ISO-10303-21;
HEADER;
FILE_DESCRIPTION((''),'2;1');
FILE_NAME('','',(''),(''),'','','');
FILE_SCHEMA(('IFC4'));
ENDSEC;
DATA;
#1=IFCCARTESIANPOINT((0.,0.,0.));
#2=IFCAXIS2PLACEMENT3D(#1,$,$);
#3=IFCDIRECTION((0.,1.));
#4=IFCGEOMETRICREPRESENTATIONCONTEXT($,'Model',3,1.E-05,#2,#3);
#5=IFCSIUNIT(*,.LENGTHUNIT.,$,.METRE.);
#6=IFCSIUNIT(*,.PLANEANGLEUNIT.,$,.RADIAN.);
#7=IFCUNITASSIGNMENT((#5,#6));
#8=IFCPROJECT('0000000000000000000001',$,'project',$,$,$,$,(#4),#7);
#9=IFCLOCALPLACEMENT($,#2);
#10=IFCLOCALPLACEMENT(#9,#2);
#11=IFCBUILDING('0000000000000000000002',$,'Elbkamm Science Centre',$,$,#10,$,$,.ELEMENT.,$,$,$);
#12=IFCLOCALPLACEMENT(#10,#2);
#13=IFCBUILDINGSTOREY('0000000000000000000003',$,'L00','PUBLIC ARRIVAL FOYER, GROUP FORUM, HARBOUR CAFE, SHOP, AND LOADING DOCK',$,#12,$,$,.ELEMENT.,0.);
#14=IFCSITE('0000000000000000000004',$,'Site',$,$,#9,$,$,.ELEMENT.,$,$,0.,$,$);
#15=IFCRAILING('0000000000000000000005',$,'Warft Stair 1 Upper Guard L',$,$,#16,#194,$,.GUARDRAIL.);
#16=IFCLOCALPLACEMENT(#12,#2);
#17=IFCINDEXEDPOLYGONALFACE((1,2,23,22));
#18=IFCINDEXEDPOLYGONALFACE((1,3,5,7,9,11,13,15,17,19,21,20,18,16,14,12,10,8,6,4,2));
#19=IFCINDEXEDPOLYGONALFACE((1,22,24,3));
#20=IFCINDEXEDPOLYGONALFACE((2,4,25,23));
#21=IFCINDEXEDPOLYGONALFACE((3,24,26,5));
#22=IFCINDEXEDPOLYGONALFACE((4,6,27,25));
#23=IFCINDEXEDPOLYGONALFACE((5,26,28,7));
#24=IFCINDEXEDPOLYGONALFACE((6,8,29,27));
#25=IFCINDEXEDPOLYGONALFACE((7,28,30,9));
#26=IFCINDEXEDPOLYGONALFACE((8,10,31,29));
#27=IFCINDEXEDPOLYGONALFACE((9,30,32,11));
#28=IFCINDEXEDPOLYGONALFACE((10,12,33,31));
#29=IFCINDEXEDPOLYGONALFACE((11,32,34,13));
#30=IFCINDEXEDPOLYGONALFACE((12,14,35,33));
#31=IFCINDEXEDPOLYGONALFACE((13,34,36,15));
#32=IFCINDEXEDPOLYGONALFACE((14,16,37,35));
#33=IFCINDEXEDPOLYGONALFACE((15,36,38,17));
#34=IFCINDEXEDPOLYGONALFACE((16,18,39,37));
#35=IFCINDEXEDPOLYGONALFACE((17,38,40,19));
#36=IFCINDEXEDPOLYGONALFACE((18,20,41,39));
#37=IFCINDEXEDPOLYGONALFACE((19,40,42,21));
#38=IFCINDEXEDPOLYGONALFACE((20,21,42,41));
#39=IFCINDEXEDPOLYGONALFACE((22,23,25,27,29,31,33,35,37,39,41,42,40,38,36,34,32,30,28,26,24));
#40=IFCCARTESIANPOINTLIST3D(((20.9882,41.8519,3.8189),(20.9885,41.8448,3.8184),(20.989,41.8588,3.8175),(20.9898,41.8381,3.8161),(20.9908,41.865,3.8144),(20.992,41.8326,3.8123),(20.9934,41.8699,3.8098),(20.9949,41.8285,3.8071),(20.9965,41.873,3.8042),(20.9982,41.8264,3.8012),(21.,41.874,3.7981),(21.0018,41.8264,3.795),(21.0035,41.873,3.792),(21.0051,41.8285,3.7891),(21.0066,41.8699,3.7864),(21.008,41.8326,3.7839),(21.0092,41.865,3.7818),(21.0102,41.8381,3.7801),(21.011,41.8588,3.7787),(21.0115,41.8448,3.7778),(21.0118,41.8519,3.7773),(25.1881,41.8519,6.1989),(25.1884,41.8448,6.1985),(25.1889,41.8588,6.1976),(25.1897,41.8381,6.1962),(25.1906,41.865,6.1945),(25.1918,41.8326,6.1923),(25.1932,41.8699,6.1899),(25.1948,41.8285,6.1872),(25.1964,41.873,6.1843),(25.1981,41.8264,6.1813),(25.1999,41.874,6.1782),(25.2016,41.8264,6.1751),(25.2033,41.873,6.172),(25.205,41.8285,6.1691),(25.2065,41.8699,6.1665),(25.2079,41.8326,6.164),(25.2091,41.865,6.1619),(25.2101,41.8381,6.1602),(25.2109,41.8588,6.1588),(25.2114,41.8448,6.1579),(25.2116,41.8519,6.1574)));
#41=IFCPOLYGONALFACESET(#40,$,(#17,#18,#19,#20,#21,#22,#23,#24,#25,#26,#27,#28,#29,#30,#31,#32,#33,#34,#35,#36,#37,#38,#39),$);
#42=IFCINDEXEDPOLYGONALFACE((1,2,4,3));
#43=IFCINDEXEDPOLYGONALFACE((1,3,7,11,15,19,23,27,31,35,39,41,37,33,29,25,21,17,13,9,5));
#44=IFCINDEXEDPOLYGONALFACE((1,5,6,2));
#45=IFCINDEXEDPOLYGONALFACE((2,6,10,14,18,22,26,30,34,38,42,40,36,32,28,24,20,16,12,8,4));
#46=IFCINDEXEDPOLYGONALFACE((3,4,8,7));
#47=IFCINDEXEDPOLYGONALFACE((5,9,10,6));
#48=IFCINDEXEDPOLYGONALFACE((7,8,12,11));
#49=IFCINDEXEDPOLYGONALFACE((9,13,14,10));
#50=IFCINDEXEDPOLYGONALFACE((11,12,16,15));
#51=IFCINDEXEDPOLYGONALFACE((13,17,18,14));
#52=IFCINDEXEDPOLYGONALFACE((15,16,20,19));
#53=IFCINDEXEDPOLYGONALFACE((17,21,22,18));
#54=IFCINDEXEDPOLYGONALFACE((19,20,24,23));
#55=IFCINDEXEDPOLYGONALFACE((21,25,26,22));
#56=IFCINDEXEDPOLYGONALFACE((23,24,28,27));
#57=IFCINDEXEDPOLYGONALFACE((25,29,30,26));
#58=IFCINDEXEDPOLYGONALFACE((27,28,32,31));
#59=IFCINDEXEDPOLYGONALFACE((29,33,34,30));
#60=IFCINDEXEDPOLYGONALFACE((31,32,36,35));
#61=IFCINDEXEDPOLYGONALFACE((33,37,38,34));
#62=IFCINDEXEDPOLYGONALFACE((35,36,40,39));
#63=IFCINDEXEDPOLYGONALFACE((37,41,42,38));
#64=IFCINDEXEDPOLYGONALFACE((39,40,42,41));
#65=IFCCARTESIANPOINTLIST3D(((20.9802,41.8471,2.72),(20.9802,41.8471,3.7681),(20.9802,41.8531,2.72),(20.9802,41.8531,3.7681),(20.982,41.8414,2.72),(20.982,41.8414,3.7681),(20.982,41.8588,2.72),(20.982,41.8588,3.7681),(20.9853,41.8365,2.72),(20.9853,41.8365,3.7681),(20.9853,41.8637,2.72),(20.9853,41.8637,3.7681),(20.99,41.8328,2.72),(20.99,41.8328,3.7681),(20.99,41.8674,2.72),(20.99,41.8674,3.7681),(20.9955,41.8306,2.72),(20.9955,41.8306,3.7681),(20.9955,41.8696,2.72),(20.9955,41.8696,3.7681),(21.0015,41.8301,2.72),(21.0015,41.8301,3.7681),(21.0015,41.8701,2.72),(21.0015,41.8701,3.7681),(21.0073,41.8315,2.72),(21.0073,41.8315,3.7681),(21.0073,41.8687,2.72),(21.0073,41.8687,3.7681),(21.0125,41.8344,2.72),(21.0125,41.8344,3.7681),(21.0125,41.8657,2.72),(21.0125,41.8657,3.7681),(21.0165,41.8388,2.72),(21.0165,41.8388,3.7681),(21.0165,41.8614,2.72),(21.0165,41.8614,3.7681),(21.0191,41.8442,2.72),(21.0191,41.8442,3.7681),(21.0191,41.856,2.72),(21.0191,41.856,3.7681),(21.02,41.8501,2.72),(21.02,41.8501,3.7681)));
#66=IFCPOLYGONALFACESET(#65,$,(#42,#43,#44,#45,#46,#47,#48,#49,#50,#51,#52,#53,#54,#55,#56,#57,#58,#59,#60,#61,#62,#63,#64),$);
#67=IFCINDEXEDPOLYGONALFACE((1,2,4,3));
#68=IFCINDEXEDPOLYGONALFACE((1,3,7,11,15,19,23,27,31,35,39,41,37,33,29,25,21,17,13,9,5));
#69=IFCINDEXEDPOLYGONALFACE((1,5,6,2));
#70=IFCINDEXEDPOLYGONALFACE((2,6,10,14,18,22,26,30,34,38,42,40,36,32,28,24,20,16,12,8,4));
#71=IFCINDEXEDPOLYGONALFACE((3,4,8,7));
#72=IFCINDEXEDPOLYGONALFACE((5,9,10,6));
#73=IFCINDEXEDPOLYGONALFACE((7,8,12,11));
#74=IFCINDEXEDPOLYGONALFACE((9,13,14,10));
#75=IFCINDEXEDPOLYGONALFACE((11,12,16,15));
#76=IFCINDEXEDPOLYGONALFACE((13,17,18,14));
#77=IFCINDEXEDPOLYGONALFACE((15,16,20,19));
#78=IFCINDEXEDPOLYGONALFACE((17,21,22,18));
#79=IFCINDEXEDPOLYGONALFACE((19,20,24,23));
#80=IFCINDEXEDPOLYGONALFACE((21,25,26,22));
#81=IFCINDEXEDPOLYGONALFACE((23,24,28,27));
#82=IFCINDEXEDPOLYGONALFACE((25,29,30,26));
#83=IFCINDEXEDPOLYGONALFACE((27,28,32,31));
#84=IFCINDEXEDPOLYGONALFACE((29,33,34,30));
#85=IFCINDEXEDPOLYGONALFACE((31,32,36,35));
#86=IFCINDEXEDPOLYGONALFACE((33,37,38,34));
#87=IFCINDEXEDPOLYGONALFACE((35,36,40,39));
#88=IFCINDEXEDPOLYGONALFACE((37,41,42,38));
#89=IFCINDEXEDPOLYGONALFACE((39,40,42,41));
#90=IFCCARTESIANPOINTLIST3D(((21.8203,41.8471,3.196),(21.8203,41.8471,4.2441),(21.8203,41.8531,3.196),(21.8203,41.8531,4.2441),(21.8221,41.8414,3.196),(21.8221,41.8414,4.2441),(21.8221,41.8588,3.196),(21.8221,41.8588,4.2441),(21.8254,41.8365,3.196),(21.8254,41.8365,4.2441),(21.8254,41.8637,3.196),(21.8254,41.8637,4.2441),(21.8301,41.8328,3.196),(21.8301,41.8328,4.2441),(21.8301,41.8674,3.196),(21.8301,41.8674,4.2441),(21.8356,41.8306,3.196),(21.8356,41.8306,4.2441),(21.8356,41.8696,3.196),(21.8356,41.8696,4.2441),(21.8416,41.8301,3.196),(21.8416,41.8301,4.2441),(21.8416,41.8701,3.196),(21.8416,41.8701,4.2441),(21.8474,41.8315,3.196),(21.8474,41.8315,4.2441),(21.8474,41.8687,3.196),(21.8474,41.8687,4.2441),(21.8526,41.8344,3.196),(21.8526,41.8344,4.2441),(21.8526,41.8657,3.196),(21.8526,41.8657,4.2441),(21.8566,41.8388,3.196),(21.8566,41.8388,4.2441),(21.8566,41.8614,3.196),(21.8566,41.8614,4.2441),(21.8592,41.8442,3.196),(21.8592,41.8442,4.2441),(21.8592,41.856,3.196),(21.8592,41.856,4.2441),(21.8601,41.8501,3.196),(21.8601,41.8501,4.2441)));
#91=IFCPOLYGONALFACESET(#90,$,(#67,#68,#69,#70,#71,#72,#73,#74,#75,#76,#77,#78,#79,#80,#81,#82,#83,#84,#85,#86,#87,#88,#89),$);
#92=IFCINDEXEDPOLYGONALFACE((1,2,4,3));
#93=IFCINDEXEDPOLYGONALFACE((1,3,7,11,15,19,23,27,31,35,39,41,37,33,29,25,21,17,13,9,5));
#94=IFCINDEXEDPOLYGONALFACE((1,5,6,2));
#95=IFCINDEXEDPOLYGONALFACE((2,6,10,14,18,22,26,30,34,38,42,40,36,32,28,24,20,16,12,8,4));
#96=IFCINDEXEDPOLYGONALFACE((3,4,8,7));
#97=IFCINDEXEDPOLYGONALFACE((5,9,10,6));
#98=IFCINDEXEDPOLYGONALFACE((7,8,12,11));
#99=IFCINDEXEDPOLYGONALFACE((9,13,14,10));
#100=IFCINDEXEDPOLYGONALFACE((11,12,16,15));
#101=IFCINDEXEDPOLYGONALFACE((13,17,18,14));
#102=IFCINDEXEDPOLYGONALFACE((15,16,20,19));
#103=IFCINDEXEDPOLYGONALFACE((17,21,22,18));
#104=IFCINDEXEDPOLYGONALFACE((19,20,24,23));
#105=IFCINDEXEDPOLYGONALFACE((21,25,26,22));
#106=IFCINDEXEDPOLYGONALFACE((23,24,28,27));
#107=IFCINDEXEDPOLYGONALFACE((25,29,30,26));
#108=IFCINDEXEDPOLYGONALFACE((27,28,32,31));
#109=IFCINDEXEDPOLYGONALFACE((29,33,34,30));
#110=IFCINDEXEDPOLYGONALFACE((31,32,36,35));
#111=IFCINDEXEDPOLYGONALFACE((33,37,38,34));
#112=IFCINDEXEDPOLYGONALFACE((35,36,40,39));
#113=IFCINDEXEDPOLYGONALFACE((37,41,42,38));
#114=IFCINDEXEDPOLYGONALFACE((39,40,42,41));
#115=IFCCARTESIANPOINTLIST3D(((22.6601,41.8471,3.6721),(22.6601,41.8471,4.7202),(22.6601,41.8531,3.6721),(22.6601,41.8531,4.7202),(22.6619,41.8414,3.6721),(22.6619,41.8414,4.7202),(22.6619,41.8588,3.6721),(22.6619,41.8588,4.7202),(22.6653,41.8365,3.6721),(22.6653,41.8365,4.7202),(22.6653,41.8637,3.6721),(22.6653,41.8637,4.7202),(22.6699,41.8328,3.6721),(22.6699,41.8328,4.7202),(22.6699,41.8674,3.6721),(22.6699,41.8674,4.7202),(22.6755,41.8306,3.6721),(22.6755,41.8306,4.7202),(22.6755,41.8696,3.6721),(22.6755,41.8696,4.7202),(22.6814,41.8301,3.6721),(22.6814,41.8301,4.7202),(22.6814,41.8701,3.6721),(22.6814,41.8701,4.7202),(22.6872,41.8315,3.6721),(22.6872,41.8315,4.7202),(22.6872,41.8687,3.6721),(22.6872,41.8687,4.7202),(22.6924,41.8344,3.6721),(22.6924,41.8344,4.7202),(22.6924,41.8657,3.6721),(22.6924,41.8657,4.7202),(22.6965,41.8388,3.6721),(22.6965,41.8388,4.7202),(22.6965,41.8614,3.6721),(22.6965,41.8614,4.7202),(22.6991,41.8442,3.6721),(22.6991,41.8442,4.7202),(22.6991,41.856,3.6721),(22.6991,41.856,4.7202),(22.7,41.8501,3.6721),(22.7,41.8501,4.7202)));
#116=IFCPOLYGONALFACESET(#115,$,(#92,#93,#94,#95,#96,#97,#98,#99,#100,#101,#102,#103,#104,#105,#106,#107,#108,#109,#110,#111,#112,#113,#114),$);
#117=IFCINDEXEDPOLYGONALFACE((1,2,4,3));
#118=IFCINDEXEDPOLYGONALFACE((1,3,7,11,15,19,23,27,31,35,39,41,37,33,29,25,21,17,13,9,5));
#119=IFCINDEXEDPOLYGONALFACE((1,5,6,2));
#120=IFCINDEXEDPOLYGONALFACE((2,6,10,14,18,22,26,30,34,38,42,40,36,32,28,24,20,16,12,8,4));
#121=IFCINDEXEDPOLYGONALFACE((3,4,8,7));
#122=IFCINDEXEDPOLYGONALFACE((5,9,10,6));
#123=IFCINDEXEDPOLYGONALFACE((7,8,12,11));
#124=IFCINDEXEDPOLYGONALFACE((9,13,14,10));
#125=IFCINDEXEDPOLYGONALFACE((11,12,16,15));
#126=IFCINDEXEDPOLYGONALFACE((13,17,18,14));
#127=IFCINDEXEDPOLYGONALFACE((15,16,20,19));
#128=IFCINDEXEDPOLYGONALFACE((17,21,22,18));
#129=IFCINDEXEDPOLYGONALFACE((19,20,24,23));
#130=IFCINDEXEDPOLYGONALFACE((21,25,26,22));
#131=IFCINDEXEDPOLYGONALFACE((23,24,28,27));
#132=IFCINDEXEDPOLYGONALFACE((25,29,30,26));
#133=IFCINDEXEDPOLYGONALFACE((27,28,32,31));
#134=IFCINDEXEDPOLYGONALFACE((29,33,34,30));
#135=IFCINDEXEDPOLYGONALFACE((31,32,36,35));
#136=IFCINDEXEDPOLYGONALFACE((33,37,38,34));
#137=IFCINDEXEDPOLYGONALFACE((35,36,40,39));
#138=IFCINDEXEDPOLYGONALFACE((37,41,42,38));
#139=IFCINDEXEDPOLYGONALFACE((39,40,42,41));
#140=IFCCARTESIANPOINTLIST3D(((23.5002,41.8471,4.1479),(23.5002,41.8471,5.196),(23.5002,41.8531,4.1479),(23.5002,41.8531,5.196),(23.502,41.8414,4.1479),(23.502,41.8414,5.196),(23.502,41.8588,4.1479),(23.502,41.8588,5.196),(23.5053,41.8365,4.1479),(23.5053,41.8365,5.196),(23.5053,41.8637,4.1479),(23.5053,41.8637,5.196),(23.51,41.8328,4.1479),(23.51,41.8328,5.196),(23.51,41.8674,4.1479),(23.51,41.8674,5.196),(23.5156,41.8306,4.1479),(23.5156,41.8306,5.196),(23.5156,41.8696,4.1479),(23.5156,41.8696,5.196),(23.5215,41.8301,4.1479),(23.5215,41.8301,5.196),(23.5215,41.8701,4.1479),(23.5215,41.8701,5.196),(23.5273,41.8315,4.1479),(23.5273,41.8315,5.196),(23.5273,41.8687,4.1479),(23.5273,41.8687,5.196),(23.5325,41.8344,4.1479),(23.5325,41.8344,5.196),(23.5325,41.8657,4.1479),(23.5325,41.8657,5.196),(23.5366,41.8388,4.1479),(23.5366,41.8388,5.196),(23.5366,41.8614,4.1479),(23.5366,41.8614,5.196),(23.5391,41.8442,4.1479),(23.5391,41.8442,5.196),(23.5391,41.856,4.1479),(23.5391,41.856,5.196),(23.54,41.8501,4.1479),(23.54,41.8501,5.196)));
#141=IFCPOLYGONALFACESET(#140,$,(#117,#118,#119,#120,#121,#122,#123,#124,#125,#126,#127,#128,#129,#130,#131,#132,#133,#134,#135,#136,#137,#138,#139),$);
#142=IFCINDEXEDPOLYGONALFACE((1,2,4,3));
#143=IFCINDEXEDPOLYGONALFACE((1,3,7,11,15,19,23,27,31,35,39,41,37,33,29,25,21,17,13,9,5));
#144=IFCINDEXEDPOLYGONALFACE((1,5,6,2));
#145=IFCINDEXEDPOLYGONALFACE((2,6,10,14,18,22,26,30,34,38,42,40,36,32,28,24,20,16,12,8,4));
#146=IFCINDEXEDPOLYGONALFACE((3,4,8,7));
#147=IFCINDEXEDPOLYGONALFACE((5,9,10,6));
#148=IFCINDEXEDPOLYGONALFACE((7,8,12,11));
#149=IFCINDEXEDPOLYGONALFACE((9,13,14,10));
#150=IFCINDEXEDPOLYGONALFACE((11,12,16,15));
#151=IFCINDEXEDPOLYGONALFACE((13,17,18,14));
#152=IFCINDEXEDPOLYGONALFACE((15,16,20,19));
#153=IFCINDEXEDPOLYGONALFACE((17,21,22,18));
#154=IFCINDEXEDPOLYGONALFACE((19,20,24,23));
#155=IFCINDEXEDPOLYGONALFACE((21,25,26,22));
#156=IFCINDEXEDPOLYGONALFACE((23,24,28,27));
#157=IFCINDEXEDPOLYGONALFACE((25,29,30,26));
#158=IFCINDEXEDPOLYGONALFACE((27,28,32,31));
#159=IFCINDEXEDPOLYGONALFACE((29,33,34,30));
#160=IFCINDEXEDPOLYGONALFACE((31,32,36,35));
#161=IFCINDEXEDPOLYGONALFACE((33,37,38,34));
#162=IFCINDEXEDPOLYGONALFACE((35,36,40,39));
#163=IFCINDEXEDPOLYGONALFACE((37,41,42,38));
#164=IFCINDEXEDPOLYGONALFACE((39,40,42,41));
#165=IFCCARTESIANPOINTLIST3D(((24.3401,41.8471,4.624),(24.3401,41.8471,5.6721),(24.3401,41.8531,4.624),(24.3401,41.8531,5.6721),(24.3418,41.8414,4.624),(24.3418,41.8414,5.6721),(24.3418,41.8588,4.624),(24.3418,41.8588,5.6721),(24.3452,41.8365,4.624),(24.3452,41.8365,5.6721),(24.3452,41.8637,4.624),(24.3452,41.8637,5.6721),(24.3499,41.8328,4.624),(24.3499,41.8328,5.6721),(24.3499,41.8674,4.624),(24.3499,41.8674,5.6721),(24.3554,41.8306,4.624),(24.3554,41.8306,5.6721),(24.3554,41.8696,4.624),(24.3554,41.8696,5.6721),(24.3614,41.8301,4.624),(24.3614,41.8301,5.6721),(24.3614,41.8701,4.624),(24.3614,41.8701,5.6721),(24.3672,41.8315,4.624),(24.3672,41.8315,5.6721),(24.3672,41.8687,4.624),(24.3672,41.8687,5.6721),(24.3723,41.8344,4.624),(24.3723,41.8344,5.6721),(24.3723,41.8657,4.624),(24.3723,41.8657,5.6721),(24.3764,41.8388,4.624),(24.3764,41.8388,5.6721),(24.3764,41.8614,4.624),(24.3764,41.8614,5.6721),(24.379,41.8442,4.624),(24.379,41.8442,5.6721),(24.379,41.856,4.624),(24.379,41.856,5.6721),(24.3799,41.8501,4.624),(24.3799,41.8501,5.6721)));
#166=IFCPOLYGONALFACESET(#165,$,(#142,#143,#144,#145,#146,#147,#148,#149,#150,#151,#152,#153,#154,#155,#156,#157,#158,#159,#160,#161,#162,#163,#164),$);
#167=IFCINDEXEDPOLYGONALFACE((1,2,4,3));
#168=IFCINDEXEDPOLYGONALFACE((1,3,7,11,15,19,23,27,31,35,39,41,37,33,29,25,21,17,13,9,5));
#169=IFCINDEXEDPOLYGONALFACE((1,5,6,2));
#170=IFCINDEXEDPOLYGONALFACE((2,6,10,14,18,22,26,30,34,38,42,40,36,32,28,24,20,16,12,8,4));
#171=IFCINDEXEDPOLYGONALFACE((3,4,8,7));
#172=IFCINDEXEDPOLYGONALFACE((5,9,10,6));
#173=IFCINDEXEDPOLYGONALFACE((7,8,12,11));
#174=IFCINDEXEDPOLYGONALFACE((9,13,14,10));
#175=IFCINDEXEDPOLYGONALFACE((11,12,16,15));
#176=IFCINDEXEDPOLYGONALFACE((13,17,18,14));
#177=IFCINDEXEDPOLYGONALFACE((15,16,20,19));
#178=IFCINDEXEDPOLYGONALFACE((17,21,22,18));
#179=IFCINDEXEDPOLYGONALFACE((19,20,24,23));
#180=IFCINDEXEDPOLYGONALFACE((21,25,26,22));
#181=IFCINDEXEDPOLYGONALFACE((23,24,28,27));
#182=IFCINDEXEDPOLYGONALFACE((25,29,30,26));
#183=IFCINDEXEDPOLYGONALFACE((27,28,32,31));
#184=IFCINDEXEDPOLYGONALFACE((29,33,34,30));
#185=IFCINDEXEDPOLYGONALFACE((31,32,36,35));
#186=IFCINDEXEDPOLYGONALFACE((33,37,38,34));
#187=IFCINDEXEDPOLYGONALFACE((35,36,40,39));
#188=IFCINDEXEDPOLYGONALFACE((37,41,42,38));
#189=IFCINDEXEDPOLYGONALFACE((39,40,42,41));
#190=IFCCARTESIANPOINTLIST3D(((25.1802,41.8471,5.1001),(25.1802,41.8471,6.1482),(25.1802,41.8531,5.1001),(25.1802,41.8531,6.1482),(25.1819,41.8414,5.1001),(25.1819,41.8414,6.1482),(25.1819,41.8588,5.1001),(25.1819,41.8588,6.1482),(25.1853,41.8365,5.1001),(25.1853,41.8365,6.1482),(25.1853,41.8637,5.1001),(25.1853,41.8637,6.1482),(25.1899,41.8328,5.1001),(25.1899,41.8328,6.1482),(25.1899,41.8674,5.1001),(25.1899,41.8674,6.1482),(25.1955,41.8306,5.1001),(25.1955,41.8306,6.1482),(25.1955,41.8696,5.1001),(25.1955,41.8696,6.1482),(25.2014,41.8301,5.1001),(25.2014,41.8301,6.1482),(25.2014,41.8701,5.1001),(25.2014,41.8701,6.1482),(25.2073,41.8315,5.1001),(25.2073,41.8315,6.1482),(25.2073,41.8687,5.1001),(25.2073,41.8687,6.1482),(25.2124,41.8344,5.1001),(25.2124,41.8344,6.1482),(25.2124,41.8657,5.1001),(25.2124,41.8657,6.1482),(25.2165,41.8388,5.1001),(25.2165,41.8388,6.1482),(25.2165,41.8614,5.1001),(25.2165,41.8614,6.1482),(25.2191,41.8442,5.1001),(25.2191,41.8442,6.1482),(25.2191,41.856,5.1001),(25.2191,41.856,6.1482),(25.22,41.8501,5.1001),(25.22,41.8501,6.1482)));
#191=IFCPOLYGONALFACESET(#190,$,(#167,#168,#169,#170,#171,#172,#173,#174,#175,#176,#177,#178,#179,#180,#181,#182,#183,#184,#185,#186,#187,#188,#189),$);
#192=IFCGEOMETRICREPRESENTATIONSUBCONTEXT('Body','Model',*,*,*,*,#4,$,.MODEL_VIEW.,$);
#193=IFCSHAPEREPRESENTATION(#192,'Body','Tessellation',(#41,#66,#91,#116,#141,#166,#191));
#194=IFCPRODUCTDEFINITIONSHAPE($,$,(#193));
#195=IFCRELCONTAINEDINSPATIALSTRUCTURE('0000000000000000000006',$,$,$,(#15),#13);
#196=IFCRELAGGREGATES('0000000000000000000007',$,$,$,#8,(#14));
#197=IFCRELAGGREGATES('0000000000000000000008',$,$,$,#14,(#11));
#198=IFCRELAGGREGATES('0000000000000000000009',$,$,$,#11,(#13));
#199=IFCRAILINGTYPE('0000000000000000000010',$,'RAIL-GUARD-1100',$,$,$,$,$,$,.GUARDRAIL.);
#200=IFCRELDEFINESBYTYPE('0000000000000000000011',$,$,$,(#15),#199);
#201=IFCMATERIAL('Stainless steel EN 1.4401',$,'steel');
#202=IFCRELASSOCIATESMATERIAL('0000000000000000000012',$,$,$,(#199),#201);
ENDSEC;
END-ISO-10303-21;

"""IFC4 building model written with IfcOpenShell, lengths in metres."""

from ifc_helpers import new_model, si_unit, direction, frame, origin, origin_2d, place, context, subcontext, project, spatial, circle, extrude, material, type_object, element, save


model = new_model("IFC4")

# Units and contexts
model_context = context("Model", 3, precision=1e-05, world=origin(), true_north=direction((0.0, 1.0)))
body_context = subcontext(model_context, "Body", "Model", "MODEL_VIEW")
ifc_project = project(units=[si_unit("LENGTHUNIT", "METRE"), si_unit("PLANEANGLEUNIT", "RADIAN")], contexts=[model_context])

# Site, building, storey
site_placement = place(None, origin())
site = spatial("IfcSite", under=ifc_project, at=site_placement, Name="Site", CompositionType="ELEMENT", RefElevation=0.0)
building_placement = place(site_placement, origin())
building = spatial("IfcBuilding", under=site, at=building_placement, Name="Elbkamm Science Centre", CompositionType="ELEMENT")
storey_placement = place(building_placement, origin())
storey = spatial("IfcBuildingStorey", under=building, at=storey_placement, Name="L00", Description="PUBLIC ARRIVAL FOYER, GROUP FORUM, HARBOUR CAFE, SHOP, AND LOADING DOCK", CompositionType="ELEMENT", Elevation=0.0)

# Railing
ifc_material_1 = material(Name="Stainless steel EN 1.4401", Category="steel")
railing_type_1 = type_object("IfcRailingType", Name="RAIL-GUARD-1100", PredefinedType="GUARDRAIL", material=ifc_material_1)
railing_1_placement = place(storey_placement, frame((21.0, 41.8501, 2.72)))
element("IfcRailing", 1, at=railing_1_placement, inside=storey, type_object=railing_type_1, Name="Warft Stair 1 Upper Guard L", PredefinedType="GUARDRAIL", context=body_context, shape_type="SweptSolid", body=[
    extrude(circle(Radius=0.0239, at=origin_2d()), frame((0.0, 0.0, 1.0781), z_axis=(0.870008, 0.0, 0.493037), x_axis=(0.0, 1.0, 0.0)), (0.0, 0.0, 1.0), 4.8274),
    extrude(circle(Radius=0.02, at=origin_2d()), origin(), (0.0, 0.0, 1.0), 1.0481),
    extrude(circle(Radius=0.02, at=origin_2d()), frame((0.8401, 0.0, 0.4761)), (0.0, 0.0, 1.0), 1.0481),
    extrude(circle(Radius=0.02, at=origin_2d()), frame((1.6799, 0.0, 0.9521)), (0.0, 0.0, 1.0), 1.0481),
    extrude(circle(Radius=0.02, at=origin_2d()), frame((2.52, 0.0, 1.428)), (0.0, 0.0, 1.0), 1.0481),
    extrude(circle(Radius=0.02, at=origin_2d()), frame((3.3599, 0.0, 1.9041)), (0.0, 0.0, 1.0), 1.0481),
    extrude(circle(Radius=0.02, at=origin_2d()), frame((4.2, 0.0, 2.3801)), (0.0, 0.0, 1.0), 1.0481),
])

save(model, "model.ifc")
